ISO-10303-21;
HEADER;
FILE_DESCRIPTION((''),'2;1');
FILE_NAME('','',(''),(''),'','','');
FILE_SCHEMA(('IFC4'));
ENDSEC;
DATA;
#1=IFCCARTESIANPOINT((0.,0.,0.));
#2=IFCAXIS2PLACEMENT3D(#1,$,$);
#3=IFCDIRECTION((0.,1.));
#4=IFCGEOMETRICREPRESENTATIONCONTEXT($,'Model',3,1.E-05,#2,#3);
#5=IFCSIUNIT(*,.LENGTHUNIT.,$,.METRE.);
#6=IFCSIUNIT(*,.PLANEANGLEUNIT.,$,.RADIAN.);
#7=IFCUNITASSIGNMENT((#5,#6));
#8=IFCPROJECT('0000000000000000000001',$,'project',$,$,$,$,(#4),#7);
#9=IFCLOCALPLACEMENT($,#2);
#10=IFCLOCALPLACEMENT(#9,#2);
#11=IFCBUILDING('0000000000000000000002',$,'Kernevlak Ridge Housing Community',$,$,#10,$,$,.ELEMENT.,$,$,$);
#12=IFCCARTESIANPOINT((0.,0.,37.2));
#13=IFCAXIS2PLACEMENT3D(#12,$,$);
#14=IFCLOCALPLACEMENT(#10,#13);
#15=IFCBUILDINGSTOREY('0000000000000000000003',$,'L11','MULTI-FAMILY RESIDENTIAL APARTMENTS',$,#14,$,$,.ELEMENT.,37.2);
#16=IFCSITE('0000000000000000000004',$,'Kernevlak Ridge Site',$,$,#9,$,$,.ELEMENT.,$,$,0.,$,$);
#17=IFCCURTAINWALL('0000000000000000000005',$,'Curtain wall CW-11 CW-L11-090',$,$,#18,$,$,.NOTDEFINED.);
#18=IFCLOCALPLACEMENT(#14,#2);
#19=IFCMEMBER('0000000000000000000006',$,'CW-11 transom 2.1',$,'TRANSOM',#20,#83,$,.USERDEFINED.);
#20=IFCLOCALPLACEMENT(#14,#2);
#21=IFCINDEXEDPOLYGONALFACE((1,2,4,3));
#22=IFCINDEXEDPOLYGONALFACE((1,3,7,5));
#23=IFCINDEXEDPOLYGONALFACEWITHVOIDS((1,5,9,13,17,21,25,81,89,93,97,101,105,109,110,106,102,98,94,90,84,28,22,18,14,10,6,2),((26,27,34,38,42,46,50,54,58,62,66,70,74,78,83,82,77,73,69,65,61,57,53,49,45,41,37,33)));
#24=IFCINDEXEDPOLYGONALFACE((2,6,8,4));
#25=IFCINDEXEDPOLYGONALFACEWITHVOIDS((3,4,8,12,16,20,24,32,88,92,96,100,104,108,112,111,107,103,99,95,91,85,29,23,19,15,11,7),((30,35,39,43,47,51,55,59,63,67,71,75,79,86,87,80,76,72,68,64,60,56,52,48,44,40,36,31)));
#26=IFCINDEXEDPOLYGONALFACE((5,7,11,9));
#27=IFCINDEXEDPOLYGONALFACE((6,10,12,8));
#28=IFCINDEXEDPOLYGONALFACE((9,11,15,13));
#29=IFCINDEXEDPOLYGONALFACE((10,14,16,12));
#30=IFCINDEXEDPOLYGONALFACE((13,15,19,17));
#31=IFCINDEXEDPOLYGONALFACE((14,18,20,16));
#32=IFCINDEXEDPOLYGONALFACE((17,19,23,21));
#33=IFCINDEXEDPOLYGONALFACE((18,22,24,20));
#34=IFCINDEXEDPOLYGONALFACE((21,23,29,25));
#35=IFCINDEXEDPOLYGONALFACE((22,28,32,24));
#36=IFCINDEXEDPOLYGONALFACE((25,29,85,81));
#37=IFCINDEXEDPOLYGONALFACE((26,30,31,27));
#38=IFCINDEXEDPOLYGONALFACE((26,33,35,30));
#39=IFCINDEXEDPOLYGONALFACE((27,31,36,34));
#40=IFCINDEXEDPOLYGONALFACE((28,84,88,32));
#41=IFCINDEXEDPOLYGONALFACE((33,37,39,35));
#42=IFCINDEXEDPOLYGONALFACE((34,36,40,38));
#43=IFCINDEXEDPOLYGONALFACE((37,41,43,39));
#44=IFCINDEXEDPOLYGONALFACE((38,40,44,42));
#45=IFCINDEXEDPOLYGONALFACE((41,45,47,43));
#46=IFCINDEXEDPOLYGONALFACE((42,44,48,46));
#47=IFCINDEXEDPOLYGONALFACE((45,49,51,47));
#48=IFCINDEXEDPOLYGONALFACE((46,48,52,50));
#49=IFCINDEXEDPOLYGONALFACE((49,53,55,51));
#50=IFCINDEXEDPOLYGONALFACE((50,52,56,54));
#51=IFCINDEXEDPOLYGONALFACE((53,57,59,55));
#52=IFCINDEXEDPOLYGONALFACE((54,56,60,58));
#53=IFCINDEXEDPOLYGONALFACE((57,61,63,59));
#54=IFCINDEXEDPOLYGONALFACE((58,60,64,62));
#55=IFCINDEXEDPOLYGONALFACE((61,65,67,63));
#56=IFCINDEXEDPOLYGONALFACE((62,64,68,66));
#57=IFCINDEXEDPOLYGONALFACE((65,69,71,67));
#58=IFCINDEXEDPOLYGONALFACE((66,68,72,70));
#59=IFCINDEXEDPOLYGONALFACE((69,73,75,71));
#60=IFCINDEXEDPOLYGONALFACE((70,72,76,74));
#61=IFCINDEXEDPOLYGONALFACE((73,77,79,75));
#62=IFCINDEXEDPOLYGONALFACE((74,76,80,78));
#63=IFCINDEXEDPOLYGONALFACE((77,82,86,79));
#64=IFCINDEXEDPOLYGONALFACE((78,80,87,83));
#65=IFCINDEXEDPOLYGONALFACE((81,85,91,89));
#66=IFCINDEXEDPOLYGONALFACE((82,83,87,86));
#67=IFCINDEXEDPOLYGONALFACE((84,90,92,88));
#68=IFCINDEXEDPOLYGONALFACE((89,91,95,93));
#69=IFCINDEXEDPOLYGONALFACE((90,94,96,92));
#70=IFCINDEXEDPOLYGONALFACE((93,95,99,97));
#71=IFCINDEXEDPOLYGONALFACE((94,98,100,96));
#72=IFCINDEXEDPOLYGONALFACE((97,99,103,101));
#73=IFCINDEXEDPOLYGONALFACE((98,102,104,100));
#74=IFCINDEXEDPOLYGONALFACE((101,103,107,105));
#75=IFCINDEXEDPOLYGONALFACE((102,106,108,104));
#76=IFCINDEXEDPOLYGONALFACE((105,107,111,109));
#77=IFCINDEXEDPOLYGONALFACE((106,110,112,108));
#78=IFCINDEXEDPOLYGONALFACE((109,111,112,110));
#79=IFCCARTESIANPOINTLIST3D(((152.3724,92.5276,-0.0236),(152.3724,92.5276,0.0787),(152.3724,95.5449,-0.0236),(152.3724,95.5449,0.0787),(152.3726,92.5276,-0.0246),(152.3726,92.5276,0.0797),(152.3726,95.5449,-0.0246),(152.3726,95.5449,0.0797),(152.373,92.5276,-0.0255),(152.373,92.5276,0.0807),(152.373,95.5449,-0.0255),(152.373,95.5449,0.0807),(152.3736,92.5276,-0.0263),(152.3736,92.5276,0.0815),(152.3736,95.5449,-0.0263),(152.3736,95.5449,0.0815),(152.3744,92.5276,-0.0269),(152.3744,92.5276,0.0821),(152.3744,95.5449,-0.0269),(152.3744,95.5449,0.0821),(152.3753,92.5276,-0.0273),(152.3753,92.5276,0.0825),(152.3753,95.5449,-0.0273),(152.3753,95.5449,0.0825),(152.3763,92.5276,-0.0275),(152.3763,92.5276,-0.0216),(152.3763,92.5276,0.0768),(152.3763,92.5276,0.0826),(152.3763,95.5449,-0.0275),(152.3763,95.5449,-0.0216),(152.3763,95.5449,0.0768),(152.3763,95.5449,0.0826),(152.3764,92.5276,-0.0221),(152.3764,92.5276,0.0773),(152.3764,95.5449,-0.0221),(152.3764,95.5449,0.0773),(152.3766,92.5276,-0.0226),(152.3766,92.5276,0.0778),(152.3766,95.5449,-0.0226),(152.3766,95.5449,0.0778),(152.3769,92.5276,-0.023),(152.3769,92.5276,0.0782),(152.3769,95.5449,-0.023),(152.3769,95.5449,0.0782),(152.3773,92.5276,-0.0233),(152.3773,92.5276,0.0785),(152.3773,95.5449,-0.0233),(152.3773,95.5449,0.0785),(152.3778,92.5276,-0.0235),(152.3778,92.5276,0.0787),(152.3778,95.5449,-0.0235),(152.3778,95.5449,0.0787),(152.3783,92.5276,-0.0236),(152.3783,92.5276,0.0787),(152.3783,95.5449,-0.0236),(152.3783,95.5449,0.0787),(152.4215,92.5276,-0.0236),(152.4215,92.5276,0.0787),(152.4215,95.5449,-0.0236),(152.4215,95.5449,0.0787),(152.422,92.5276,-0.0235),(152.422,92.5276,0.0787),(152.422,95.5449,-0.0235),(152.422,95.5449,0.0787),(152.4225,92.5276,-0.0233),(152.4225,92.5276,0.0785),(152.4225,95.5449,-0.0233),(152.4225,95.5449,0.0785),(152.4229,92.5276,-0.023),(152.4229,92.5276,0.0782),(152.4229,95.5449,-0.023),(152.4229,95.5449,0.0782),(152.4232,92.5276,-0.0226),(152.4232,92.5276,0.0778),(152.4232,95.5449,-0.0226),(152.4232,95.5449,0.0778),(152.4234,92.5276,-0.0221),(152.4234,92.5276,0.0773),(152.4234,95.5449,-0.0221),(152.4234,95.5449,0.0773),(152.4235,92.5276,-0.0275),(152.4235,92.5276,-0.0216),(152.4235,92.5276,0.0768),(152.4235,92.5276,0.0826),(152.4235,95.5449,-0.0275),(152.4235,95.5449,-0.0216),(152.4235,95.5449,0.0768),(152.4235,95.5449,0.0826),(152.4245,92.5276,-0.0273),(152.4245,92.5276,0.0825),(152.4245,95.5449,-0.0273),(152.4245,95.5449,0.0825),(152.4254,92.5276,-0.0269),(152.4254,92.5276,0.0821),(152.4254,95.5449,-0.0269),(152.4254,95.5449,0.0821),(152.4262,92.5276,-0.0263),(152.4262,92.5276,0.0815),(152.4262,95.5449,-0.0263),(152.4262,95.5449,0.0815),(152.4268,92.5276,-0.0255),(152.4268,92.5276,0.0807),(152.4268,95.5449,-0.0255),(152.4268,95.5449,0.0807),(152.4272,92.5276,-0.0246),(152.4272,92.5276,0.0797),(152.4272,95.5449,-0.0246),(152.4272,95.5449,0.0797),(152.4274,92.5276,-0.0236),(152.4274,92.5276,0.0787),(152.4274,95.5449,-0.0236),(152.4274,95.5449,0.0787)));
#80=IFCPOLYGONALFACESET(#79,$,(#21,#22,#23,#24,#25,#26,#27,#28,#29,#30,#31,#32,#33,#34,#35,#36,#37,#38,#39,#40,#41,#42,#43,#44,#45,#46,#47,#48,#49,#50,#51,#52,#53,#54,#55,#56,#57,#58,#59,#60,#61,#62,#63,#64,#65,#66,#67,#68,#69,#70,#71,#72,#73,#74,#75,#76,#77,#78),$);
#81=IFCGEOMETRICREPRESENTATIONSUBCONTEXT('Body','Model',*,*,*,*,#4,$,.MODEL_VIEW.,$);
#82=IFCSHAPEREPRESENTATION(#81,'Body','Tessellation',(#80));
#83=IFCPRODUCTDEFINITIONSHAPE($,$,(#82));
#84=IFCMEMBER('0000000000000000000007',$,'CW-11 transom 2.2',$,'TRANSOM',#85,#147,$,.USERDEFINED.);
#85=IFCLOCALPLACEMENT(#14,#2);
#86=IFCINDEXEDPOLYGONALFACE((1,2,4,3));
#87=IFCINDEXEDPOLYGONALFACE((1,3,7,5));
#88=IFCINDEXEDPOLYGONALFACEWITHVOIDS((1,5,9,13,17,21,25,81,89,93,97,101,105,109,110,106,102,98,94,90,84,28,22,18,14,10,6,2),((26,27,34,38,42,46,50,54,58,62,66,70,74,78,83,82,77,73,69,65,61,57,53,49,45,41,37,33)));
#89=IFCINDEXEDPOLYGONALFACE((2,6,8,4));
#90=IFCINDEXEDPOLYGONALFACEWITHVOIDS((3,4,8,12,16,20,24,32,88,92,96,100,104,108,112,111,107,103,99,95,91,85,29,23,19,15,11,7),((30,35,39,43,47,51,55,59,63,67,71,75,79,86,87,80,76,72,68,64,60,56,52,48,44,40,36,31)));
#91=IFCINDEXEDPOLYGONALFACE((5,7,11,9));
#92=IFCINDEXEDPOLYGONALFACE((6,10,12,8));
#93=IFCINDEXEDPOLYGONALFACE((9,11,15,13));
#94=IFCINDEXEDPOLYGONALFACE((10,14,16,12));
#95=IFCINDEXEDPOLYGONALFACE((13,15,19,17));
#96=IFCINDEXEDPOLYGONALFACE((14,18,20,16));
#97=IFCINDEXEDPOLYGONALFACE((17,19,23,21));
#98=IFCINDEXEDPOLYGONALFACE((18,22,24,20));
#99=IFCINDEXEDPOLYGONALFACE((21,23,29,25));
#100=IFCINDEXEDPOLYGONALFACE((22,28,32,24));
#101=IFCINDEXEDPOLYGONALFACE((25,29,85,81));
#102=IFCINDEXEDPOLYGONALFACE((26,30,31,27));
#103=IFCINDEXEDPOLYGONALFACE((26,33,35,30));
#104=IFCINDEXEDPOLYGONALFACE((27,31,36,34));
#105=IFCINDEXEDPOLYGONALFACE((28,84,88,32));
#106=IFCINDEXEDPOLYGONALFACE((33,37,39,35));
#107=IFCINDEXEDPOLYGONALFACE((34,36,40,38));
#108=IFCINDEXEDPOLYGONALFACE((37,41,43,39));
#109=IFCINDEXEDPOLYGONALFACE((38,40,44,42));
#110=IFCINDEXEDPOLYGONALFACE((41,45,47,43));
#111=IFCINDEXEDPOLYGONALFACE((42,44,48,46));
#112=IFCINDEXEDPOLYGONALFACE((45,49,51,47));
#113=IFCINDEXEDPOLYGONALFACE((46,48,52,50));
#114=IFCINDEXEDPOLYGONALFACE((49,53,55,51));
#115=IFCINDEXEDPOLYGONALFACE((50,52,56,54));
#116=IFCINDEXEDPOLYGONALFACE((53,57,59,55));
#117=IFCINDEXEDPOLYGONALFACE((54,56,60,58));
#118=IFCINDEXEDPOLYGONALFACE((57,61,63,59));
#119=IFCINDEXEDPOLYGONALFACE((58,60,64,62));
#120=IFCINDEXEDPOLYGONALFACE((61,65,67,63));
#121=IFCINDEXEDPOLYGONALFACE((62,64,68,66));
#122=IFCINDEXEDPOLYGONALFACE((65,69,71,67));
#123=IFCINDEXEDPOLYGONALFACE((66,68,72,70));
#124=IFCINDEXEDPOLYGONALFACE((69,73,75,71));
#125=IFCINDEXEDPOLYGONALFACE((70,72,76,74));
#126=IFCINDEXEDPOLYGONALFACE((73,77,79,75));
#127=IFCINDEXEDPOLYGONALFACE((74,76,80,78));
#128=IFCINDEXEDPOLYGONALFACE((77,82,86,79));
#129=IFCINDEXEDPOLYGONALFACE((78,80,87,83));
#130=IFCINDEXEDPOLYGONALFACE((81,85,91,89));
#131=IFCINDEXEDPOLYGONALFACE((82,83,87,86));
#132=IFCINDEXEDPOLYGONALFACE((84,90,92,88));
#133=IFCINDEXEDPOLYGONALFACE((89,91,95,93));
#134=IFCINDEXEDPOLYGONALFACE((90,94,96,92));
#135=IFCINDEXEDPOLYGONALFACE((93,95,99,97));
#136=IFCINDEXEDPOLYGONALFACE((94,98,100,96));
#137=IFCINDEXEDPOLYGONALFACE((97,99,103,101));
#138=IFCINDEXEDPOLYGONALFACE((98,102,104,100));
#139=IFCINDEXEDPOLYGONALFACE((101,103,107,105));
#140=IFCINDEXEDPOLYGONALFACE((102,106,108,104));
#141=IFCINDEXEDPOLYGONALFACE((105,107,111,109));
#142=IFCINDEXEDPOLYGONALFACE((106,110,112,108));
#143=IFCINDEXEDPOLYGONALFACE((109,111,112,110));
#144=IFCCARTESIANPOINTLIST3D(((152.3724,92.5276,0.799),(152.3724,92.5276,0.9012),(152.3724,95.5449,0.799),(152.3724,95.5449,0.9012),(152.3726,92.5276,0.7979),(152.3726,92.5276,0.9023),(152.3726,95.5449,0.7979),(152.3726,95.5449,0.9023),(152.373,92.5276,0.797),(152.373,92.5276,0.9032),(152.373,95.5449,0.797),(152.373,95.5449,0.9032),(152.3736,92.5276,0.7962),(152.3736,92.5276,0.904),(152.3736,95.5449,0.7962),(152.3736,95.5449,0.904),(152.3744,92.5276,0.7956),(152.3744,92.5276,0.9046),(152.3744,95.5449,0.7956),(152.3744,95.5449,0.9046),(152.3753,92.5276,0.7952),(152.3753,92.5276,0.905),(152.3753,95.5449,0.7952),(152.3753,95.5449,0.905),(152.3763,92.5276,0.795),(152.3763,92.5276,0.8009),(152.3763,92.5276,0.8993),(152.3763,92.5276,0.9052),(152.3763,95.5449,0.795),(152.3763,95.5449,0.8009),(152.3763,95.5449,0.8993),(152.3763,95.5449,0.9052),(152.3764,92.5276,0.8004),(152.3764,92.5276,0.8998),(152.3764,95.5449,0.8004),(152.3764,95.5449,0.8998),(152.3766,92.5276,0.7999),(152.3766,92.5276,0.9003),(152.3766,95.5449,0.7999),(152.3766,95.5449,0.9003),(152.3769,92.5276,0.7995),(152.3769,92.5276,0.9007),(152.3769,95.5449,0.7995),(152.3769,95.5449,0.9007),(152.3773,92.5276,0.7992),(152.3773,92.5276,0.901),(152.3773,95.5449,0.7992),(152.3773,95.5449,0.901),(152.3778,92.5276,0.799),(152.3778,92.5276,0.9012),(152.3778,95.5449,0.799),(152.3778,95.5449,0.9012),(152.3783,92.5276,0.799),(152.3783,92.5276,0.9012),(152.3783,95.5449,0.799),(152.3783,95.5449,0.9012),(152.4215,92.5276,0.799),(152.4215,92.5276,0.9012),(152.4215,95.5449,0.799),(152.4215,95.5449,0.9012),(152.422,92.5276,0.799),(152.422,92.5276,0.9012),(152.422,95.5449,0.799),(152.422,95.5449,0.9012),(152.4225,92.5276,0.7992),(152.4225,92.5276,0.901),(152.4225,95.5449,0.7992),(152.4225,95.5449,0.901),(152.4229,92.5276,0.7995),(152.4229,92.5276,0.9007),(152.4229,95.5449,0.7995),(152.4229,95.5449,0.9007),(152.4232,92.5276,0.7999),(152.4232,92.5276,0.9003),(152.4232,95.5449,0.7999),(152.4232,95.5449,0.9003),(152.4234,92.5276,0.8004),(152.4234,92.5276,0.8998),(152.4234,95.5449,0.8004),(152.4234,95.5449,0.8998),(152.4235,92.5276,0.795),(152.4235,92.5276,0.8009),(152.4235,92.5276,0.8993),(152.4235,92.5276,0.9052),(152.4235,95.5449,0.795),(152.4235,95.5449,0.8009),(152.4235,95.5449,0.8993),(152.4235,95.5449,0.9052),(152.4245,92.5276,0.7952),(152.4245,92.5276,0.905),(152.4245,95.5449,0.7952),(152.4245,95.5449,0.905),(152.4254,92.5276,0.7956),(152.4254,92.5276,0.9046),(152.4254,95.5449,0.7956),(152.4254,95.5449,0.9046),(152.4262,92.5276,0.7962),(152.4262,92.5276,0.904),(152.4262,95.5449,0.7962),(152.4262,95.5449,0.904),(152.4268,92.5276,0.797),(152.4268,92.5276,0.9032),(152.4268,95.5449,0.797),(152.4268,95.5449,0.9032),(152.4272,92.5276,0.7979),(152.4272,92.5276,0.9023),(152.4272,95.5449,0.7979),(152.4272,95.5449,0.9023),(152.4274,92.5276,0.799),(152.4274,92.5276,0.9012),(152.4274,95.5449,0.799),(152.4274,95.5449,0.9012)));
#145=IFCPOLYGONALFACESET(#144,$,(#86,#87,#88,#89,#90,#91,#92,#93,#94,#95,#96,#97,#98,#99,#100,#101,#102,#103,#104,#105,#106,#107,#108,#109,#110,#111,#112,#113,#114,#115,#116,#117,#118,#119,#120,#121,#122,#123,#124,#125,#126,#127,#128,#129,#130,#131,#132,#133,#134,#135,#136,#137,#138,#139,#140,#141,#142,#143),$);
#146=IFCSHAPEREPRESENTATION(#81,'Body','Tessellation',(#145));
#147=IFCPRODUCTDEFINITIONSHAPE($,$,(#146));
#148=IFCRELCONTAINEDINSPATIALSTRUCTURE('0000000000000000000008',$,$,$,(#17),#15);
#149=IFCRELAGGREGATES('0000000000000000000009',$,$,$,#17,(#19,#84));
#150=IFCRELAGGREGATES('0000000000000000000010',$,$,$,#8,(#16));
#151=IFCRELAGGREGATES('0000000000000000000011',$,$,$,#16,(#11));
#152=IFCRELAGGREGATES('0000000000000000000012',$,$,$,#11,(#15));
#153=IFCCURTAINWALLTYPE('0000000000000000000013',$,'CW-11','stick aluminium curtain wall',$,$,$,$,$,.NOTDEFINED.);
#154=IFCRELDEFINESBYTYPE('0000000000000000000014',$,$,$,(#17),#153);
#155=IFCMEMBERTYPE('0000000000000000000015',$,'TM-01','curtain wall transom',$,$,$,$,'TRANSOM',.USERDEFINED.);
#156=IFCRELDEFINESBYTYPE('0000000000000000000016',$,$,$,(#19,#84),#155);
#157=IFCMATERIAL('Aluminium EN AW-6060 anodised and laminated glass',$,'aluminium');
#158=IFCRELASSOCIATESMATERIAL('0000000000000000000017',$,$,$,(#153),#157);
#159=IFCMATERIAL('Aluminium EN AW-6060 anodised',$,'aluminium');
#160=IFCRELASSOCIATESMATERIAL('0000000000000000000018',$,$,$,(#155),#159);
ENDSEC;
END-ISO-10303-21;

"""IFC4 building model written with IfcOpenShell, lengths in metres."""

from ifc_helpers import new_model, si_unit, direction, frame, origin, origin_2d, place, context, subcontext, project, spatial, hollow_rectangle, extrude, material, material_profile, profile_set, type_object, element, aggregate, save


model = new_model("IFC4")

# Units and contexts
model_context = context("Model", 3, precision=1e-05, world=origin(), true_north=direction((0.0, 1.0)))
body_context = subcontext(model_context, "Body", "Model", "MODEL_VIEW")
ifc_project = project(units=[si_unit("LENGTHUNIT", "METRE"), si_unit("PLANEANGLEUNIT", "RADIAN")], contexts=[model_context])

# Site, building, storey
site_placement = place(None, origin())
site = spatial("IfcSite", under=ifc_project, at=site_placement, Name="Kernevlak Ridge Site", CompositionType="ELEMENT", RefElevation=0.0)
building_placement = place(site_placement, origin())
building = spatial("IfcBuilding", under=site, at=building_placement, Name="Kernevlak Ridge Housing Community", CompositionType="ELEMENT")
storey_placement = place(building_placement, frame((0.0, 0.0, 37.2)))
storey = spatial("IfcBuildingStorey", under=building, at=storey_placement, Name="L11", Description="MULTI-FAMILY RESIDENTIAL APARTMENTS", CompositionType="ELEMENT", Elevation=37.2)

# Curtain wall
ifc_material_1 = material(Name="Aluminium EN AW-6060 anodised and laminated glass", Category="aluminium")
curtain_wall_type = type_object("IfcCurtainWallType", Name="CW-11", Description="stick aluminium curtain wall", PredefinedType="NOTDEFINED", material=ifc_material_1)
curtain_wall_placement = place(storey_placement, origin())
curtain_wall = element("IfcCurtainWall", 1, at=curtain_wall_placement, inside=storey, type_object=curtain_wall_type, Name="Curtain wall CW-11 CW-L11-090", PredefinedType="NOTDEFINED")
ifc_material_2 = material(Name="Aluminium EN AW-6060 anodised", Category="aluminium")

# Members
ifc_material_profile_1 = material_profile(ifc_material_2, hollow_rectangle(XDim=0.0549, YDim=0.1101, WallThickness=0.0039, InnerFilletRadius=0.002, OuterFilletRadius=0.0039, at=origin_2d()), Name="ALU 55x110x4")
ifc_profile_set_1 = profile_set([ifc_material_profile_1], Name="Aluminium EN AW-6060 anodised")
member_type_1 = type_object("IfcMemberType", Name="TM-01", Description="curtain wall transom", ElementType="TRANSOM", PredefinedType="USERDEFINED", material=ifc_profile_set_1)
member_1_placement = place(storey_placement, frame((152.3999, 92.5276, 0.0276), z_axis=(0.0, 1.0, 0.0), x_axis=(-1.0, 0.0, 0.0)))
member_1 = element("IfcMember", 2, at=member_1_placement, type_object=member_type_1, Name="CW-11 transom 2.1", ObjectType="TRANSOM", PredefinedType="USERDEFINED", context=body_context, shape_type="SweptSolid", body=[
    extrude(hollow_rectangle(XDim=0.0549, YDim=0.1101, WallThickness=0.0039, InnerFilletRadius=0.002, OuterFilletRadius=0.0039, at=origin_2d()), origin(), (0.0, 0.0, 1.0), 3.0173),
])
member_2_placement = place(storey_placement, frame((152.3999, 92.5276, 0.8501), z_axis=(0.0, 1.0, 0.0), x_axis=(-1.0, 0.0, 0.0)))
member_2 = element("IfcMember", 3, at=member_2_placement, type_object=member_type_1, Name="CW-11 transom 2.2", ObjectType="TRANSOM", PredefinedType="USERDEFINED", context=body_context, shape_type="SweptSolid", body=[
    extrude(hollow_rectangle(XDim=0.0549, YDim=0.1101, WallThickness=0.0039, InnerFilletRadius=0.002, OuterFilletRadius=0.0039, at=origin_2d()), origin(), (0.0, 0.0, 1.0), 3.0173),
])

aggregate(curtain_wall, [member_1, member_2])

save(model, "model.ifc")
